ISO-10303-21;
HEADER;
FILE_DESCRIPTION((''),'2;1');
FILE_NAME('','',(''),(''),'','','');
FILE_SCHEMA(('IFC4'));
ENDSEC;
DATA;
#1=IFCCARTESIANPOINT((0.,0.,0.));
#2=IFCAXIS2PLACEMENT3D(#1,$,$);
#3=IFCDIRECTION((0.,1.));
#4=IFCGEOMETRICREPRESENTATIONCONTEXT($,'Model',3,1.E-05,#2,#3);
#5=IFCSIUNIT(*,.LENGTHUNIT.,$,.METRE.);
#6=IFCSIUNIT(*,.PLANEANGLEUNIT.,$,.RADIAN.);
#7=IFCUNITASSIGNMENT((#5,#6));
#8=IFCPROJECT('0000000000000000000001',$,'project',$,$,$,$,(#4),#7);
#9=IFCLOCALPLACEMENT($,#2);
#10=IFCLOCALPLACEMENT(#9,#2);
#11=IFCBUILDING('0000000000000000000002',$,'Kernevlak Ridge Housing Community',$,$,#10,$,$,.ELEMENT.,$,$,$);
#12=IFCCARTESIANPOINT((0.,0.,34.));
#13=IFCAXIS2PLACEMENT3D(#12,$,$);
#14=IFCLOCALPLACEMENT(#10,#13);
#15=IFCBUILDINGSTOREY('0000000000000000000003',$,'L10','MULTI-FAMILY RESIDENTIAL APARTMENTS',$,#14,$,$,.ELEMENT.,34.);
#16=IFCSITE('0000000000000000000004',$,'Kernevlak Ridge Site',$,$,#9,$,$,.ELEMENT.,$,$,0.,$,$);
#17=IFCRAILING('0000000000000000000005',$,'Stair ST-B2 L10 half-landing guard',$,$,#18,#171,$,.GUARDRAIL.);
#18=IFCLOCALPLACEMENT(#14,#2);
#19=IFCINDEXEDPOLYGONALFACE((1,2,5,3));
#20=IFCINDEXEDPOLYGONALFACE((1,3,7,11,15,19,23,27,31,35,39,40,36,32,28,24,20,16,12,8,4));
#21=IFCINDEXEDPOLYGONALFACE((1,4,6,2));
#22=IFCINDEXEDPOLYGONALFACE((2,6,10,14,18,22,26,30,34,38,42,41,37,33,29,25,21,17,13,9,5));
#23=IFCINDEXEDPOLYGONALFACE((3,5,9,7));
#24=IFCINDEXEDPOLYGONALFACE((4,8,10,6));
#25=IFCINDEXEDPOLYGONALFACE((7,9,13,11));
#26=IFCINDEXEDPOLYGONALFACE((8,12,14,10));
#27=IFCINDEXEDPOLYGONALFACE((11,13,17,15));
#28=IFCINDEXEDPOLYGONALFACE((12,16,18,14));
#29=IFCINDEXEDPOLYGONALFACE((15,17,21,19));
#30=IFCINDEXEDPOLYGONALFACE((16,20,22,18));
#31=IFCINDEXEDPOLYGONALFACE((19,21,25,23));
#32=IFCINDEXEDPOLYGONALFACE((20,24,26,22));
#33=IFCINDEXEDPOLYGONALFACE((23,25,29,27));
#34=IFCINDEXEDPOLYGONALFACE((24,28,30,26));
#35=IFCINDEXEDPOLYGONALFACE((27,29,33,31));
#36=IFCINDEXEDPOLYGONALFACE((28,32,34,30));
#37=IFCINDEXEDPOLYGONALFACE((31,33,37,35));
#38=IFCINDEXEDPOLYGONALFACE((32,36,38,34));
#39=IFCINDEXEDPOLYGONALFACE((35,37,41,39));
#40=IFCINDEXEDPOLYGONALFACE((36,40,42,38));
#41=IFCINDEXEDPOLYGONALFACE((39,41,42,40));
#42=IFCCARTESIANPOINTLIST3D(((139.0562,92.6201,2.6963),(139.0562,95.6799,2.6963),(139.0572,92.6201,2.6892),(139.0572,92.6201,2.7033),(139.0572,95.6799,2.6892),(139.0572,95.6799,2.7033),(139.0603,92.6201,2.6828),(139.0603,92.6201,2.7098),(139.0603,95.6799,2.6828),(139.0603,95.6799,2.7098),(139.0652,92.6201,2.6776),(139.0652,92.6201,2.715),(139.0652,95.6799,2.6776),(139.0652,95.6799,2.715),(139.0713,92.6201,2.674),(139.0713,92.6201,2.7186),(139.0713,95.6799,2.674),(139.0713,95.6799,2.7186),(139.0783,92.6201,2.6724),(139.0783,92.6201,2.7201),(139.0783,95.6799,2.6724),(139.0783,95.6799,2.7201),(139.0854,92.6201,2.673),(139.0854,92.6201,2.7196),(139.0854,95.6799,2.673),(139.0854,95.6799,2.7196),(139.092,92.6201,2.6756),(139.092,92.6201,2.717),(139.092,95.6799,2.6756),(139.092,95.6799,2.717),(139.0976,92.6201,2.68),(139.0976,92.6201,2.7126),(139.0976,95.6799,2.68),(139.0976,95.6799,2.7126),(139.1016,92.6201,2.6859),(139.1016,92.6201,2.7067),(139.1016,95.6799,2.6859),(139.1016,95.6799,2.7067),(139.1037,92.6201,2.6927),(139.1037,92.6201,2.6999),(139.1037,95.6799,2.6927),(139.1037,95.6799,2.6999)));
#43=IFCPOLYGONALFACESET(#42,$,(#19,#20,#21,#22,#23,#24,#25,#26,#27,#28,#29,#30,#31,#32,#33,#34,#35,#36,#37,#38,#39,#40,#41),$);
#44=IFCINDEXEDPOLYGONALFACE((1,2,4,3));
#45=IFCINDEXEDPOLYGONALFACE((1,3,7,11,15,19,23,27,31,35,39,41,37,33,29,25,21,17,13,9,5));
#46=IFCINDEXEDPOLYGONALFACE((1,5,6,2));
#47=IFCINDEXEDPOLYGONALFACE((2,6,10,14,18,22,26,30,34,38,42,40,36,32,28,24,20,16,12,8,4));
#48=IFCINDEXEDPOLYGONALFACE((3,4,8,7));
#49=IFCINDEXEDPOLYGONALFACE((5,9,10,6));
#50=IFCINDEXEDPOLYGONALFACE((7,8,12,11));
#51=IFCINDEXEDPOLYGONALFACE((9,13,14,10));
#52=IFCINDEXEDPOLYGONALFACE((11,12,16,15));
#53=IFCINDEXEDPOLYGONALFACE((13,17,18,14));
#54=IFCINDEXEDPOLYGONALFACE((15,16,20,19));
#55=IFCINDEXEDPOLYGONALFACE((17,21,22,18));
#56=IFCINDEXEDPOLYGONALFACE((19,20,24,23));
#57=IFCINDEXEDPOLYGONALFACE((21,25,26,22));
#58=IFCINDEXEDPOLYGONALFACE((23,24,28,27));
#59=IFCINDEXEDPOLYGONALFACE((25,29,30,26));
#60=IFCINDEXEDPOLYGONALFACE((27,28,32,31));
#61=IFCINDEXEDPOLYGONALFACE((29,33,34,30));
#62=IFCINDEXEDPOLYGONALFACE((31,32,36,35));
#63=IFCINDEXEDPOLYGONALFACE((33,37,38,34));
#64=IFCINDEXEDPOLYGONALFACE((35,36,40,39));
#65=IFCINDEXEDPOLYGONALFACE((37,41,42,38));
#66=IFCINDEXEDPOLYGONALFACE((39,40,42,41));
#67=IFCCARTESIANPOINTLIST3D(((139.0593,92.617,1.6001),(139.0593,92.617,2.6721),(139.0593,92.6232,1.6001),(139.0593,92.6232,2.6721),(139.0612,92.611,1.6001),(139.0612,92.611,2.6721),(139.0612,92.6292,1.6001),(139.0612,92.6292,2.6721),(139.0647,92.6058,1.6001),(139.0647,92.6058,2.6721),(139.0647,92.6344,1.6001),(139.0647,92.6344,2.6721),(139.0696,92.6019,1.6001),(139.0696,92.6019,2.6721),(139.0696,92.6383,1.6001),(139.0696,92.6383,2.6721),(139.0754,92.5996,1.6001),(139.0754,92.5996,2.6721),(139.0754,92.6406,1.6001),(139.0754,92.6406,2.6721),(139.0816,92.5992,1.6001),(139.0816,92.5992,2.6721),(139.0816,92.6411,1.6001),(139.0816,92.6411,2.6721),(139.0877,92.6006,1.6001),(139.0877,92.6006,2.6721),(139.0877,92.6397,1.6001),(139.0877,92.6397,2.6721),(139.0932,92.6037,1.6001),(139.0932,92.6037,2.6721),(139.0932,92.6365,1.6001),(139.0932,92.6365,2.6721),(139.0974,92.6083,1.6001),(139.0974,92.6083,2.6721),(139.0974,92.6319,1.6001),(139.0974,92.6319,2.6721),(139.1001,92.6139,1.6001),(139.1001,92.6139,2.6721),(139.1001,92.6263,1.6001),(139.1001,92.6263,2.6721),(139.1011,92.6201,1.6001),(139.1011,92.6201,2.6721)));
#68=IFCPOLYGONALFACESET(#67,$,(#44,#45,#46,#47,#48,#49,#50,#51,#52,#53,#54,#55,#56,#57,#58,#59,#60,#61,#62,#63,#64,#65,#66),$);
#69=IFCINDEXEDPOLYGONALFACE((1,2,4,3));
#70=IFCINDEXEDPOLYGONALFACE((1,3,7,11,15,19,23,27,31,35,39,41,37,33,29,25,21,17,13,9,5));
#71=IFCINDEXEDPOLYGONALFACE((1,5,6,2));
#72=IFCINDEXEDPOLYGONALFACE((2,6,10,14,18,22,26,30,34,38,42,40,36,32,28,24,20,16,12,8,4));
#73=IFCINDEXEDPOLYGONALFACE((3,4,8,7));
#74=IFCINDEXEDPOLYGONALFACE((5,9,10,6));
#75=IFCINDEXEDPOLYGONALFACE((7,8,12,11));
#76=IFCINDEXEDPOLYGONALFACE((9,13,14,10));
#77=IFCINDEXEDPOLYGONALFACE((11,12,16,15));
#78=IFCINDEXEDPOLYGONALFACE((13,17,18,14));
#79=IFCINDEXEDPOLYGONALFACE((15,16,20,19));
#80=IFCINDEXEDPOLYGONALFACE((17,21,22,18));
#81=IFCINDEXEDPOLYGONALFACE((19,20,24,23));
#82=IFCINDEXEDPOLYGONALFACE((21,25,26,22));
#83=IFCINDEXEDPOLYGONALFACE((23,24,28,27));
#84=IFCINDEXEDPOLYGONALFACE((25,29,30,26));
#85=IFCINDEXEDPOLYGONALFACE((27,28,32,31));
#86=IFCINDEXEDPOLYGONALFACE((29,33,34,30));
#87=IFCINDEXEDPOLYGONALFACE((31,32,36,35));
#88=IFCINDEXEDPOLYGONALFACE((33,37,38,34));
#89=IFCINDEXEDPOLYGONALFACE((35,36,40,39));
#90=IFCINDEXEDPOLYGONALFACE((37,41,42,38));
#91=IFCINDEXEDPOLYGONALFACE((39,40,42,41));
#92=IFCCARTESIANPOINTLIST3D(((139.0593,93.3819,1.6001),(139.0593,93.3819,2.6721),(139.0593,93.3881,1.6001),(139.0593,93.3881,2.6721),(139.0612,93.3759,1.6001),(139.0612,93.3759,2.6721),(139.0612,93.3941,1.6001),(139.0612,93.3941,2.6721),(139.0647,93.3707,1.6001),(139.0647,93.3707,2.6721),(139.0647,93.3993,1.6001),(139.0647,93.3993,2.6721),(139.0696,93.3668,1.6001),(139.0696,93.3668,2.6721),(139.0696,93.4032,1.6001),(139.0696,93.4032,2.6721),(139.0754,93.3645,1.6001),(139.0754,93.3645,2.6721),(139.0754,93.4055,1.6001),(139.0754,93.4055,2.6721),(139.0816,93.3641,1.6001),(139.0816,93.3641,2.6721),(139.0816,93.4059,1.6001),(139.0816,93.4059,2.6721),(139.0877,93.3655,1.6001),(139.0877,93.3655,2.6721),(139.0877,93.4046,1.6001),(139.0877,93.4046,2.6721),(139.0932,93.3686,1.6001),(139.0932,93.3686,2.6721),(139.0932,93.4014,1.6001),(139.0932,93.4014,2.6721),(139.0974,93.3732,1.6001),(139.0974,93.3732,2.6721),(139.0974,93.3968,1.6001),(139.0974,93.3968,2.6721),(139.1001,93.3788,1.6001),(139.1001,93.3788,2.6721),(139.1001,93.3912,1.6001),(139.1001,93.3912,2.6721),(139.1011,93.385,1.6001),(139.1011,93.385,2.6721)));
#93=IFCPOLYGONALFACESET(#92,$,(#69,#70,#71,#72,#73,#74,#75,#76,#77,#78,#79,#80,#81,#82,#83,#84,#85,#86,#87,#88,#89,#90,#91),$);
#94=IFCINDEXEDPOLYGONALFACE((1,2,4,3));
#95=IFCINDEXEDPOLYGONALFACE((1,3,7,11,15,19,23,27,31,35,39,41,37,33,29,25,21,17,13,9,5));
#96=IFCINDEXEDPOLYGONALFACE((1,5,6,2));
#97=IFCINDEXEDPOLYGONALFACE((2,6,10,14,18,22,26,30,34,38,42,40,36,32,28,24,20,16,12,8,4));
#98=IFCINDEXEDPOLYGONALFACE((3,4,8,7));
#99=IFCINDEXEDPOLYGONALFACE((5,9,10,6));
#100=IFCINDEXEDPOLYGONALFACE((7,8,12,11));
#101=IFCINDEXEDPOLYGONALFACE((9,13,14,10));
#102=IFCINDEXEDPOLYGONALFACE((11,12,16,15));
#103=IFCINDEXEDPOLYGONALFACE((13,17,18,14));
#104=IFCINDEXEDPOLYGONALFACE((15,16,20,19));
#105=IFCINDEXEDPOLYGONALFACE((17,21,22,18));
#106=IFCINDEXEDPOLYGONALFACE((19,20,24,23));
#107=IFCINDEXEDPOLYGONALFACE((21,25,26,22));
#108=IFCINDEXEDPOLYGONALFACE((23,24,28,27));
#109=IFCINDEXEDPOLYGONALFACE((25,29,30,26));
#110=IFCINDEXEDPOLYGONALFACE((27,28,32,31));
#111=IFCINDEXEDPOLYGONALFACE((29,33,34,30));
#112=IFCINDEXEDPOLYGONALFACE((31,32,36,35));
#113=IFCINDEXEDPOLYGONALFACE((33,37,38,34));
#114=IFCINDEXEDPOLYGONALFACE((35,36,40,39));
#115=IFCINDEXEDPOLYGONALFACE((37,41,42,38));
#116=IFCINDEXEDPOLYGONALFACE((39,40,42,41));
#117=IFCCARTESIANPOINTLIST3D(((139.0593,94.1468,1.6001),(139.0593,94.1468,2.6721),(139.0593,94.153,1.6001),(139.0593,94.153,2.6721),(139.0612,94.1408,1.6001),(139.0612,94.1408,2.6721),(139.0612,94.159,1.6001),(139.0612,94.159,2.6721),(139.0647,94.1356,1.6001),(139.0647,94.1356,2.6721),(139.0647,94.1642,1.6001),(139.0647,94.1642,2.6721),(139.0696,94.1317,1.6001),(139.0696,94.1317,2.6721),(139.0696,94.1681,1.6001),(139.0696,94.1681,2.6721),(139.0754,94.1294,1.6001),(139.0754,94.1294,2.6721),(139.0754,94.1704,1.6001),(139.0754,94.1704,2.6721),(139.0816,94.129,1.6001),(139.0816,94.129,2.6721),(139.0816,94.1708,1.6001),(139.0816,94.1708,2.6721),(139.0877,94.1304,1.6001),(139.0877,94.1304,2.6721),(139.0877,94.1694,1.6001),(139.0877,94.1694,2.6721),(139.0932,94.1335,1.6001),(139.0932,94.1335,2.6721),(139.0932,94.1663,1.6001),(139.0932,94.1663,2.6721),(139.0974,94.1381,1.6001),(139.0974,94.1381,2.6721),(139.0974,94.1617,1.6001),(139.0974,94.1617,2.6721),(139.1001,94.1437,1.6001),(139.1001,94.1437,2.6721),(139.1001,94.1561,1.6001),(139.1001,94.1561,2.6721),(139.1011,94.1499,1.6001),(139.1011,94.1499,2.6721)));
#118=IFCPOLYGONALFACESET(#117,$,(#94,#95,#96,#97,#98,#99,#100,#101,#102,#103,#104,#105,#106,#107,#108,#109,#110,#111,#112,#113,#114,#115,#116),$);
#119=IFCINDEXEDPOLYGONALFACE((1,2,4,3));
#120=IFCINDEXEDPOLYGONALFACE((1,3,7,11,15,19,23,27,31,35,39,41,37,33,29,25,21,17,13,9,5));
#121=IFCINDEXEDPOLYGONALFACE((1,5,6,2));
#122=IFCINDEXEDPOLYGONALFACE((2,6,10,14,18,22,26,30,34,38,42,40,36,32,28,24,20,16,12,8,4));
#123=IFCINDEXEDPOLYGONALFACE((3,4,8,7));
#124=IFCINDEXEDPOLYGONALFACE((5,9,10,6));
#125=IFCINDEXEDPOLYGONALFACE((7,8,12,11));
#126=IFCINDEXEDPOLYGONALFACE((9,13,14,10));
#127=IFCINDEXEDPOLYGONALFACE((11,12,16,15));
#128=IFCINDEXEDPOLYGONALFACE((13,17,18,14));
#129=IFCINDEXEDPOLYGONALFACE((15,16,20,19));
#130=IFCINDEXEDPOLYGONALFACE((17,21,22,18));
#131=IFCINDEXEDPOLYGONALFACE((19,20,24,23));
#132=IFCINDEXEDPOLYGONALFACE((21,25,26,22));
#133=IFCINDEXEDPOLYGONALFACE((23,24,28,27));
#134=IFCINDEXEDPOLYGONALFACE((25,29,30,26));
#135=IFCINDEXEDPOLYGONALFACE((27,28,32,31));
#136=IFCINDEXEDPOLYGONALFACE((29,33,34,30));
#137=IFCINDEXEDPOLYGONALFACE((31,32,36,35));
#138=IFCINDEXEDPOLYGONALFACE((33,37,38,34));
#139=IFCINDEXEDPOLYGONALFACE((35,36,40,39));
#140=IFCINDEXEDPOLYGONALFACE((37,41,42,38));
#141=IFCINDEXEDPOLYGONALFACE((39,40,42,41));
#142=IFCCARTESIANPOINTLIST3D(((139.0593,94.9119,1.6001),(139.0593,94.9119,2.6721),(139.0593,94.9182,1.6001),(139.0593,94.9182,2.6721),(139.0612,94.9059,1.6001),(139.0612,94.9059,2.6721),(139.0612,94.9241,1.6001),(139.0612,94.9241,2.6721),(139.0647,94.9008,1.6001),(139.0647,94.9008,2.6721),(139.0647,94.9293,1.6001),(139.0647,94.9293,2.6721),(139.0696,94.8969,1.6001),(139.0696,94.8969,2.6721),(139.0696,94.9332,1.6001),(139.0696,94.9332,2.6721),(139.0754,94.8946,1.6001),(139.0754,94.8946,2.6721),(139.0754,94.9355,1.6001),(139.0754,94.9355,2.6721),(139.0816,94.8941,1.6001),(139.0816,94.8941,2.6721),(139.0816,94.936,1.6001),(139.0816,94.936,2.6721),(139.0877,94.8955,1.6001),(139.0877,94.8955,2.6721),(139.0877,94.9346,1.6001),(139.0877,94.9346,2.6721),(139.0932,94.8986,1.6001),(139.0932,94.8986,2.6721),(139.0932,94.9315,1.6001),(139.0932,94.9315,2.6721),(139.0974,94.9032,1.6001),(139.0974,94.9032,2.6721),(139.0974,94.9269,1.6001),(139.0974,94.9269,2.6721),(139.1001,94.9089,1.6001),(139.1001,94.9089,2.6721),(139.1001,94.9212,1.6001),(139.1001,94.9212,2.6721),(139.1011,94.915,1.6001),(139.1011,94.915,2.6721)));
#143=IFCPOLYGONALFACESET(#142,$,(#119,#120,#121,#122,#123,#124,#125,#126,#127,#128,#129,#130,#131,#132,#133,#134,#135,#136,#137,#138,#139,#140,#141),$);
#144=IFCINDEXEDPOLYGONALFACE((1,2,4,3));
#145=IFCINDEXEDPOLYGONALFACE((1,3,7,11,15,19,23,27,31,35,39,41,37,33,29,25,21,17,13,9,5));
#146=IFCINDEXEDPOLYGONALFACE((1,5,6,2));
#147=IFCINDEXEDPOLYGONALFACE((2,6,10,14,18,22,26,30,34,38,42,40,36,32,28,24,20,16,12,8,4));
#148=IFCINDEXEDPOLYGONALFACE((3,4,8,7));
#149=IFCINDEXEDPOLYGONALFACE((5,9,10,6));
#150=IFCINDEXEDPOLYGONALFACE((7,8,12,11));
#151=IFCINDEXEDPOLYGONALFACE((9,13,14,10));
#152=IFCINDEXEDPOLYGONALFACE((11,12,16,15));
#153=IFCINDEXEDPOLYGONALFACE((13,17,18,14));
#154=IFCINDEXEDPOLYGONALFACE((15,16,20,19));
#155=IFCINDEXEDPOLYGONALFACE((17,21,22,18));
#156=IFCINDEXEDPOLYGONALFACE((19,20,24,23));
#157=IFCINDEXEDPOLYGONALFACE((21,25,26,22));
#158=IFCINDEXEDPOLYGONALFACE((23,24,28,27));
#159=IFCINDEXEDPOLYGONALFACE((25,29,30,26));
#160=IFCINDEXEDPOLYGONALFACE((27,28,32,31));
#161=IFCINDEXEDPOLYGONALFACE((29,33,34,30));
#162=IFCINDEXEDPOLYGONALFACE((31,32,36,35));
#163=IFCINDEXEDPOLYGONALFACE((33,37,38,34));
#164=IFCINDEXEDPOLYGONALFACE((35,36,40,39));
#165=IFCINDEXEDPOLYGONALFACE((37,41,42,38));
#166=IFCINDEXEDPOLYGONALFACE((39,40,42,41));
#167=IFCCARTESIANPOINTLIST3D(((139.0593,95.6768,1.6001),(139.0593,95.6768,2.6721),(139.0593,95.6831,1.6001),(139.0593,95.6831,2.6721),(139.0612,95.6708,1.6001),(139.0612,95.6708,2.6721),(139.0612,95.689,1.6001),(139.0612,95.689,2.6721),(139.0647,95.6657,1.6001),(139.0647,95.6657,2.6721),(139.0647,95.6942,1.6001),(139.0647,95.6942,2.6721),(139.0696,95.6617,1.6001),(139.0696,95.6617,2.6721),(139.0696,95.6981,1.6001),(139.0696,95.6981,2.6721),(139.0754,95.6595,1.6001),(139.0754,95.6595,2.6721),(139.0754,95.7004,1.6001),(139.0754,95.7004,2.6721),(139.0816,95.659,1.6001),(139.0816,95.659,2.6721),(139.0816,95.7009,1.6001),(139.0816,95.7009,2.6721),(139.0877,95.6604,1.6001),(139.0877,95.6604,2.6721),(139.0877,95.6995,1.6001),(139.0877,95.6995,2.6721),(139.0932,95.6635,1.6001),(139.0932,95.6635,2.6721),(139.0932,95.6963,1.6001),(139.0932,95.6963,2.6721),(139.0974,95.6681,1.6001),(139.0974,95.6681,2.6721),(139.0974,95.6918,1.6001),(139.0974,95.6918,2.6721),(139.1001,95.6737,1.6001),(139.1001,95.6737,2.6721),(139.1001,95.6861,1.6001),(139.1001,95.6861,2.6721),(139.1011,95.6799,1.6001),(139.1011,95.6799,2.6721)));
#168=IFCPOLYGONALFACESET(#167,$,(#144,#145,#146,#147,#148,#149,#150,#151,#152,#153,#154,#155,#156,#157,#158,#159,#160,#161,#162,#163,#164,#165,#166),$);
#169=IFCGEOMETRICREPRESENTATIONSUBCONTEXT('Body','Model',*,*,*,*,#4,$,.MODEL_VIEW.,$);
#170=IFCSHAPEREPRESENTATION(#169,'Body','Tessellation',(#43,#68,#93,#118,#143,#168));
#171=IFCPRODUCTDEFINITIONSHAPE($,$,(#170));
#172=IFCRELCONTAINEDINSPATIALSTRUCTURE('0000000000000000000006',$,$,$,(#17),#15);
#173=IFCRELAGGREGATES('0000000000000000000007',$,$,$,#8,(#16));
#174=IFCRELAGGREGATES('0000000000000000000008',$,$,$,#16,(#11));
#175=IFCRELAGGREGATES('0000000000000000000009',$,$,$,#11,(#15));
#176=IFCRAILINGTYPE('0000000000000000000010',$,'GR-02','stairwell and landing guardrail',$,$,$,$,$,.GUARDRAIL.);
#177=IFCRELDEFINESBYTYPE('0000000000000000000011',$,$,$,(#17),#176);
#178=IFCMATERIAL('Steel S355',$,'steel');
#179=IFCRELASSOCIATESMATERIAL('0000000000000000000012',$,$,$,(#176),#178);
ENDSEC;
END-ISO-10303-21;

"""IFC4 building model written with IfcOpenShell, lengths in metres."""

from ifc_helpers import new_model, si_unit, direction, frame, origin, origin_2d, place, context, subcontext, project, spatial, circle, extrude, material, type_object, element, save


model = new_model("IFC4")

# Units and contexts
model_context = context("Model", 3, precision=1e-05, world=origin(), true_north=direction((0.0, 1.0)))
body_context = subcontext(model_context, "Body", "Model", "MODEL_VIEW")
ifc_project = project(units=[si_unit("LENGTHUNIT", "METRE"), si_unit("PLANEANGLEUNIT", "RADIAN")], contexts=[model_context])

# Site, building, storey
site_placement = place(None, origin())
site = spatial("IfcSite", under=ifc_project, at=site_placement, Name="Kernevlak Ridge Site", CompositionType="ELEMENT", RefElevation=0.0)
building_placement = place(site_placement, origin())
building = spatial("IfcBuilding", under=site, at=building_placement, Name="Kernevlak Ridge Housing Community", CompositionType="ELEMENT")
storey_placement = place(building_placement, frame((0.0, 0.0, 34.0)))
storey = spatial("IfcBuildingStorey", under=building, at=storey_placement, Name="L10", Description="MULTI-FAMILY RESIDENTIAL APARTMENTS", CompositionType="ELEMENT", Elevation=34.0)

# Railing
ifc_material_1 = material(Name="Steel S355", Category="steel")
railing_type_1 = type_object("IfcRailingType", Name="GR-02", Description="stairwell and landing guardrail", PredefinedType="GUARDRAIL", material=ifc_material_1)
railing_1_placement = place(storey_placement, frame((139.0801, 92.6201, 1.6001)))
element("IfcRailing", 1, at=railing_1_placement, inside=storey, type_object=railing_type_1, Name="Stair ST-B2 L10 half-landing guard", PredefinedType="GUARDRAIL", context=body_context, shape_type="SweptSolid", body=[
    extrude(circle(Radius=0.0239, at=origin_2d()), frame((0.0, 0.0, 1.0962), z_axis=(0.0, 1.0, 0.0), x_axis=(-1.0, 0.0, 0.0)), (0.0, 0.0, 1.0), 3.0598),
    extrude(circle(Radius=0.021, at=origin_2d()), origin(), (0.0, 0.0, 1.0), 1.072),
    extrude(circle(Radius=0.021, at=origin_2d()), frame((0.0, 0.7649, 0.0)), (0.0, 0.0, 1.0), 1.072),
    extrude(circle(Radius=0.021, at=origin_2d()), frame((0.0, 1.5298, 0.0)), (0.0, 0.0, 1.0), 1.072),
    extrude(circle(Radius=0.021, at=origin_2d()), frame((0.0, 2.2949, 0.0)), (0.0, 0.0, 1.0), 1.072),
    extrude(circle(Radius=0.021, at=origin_2d()), frame((0.0, 3.0598, 0.0)), (0.0, 0.0, 1.0), 1.072),
])

save(model, "model.ifc")
